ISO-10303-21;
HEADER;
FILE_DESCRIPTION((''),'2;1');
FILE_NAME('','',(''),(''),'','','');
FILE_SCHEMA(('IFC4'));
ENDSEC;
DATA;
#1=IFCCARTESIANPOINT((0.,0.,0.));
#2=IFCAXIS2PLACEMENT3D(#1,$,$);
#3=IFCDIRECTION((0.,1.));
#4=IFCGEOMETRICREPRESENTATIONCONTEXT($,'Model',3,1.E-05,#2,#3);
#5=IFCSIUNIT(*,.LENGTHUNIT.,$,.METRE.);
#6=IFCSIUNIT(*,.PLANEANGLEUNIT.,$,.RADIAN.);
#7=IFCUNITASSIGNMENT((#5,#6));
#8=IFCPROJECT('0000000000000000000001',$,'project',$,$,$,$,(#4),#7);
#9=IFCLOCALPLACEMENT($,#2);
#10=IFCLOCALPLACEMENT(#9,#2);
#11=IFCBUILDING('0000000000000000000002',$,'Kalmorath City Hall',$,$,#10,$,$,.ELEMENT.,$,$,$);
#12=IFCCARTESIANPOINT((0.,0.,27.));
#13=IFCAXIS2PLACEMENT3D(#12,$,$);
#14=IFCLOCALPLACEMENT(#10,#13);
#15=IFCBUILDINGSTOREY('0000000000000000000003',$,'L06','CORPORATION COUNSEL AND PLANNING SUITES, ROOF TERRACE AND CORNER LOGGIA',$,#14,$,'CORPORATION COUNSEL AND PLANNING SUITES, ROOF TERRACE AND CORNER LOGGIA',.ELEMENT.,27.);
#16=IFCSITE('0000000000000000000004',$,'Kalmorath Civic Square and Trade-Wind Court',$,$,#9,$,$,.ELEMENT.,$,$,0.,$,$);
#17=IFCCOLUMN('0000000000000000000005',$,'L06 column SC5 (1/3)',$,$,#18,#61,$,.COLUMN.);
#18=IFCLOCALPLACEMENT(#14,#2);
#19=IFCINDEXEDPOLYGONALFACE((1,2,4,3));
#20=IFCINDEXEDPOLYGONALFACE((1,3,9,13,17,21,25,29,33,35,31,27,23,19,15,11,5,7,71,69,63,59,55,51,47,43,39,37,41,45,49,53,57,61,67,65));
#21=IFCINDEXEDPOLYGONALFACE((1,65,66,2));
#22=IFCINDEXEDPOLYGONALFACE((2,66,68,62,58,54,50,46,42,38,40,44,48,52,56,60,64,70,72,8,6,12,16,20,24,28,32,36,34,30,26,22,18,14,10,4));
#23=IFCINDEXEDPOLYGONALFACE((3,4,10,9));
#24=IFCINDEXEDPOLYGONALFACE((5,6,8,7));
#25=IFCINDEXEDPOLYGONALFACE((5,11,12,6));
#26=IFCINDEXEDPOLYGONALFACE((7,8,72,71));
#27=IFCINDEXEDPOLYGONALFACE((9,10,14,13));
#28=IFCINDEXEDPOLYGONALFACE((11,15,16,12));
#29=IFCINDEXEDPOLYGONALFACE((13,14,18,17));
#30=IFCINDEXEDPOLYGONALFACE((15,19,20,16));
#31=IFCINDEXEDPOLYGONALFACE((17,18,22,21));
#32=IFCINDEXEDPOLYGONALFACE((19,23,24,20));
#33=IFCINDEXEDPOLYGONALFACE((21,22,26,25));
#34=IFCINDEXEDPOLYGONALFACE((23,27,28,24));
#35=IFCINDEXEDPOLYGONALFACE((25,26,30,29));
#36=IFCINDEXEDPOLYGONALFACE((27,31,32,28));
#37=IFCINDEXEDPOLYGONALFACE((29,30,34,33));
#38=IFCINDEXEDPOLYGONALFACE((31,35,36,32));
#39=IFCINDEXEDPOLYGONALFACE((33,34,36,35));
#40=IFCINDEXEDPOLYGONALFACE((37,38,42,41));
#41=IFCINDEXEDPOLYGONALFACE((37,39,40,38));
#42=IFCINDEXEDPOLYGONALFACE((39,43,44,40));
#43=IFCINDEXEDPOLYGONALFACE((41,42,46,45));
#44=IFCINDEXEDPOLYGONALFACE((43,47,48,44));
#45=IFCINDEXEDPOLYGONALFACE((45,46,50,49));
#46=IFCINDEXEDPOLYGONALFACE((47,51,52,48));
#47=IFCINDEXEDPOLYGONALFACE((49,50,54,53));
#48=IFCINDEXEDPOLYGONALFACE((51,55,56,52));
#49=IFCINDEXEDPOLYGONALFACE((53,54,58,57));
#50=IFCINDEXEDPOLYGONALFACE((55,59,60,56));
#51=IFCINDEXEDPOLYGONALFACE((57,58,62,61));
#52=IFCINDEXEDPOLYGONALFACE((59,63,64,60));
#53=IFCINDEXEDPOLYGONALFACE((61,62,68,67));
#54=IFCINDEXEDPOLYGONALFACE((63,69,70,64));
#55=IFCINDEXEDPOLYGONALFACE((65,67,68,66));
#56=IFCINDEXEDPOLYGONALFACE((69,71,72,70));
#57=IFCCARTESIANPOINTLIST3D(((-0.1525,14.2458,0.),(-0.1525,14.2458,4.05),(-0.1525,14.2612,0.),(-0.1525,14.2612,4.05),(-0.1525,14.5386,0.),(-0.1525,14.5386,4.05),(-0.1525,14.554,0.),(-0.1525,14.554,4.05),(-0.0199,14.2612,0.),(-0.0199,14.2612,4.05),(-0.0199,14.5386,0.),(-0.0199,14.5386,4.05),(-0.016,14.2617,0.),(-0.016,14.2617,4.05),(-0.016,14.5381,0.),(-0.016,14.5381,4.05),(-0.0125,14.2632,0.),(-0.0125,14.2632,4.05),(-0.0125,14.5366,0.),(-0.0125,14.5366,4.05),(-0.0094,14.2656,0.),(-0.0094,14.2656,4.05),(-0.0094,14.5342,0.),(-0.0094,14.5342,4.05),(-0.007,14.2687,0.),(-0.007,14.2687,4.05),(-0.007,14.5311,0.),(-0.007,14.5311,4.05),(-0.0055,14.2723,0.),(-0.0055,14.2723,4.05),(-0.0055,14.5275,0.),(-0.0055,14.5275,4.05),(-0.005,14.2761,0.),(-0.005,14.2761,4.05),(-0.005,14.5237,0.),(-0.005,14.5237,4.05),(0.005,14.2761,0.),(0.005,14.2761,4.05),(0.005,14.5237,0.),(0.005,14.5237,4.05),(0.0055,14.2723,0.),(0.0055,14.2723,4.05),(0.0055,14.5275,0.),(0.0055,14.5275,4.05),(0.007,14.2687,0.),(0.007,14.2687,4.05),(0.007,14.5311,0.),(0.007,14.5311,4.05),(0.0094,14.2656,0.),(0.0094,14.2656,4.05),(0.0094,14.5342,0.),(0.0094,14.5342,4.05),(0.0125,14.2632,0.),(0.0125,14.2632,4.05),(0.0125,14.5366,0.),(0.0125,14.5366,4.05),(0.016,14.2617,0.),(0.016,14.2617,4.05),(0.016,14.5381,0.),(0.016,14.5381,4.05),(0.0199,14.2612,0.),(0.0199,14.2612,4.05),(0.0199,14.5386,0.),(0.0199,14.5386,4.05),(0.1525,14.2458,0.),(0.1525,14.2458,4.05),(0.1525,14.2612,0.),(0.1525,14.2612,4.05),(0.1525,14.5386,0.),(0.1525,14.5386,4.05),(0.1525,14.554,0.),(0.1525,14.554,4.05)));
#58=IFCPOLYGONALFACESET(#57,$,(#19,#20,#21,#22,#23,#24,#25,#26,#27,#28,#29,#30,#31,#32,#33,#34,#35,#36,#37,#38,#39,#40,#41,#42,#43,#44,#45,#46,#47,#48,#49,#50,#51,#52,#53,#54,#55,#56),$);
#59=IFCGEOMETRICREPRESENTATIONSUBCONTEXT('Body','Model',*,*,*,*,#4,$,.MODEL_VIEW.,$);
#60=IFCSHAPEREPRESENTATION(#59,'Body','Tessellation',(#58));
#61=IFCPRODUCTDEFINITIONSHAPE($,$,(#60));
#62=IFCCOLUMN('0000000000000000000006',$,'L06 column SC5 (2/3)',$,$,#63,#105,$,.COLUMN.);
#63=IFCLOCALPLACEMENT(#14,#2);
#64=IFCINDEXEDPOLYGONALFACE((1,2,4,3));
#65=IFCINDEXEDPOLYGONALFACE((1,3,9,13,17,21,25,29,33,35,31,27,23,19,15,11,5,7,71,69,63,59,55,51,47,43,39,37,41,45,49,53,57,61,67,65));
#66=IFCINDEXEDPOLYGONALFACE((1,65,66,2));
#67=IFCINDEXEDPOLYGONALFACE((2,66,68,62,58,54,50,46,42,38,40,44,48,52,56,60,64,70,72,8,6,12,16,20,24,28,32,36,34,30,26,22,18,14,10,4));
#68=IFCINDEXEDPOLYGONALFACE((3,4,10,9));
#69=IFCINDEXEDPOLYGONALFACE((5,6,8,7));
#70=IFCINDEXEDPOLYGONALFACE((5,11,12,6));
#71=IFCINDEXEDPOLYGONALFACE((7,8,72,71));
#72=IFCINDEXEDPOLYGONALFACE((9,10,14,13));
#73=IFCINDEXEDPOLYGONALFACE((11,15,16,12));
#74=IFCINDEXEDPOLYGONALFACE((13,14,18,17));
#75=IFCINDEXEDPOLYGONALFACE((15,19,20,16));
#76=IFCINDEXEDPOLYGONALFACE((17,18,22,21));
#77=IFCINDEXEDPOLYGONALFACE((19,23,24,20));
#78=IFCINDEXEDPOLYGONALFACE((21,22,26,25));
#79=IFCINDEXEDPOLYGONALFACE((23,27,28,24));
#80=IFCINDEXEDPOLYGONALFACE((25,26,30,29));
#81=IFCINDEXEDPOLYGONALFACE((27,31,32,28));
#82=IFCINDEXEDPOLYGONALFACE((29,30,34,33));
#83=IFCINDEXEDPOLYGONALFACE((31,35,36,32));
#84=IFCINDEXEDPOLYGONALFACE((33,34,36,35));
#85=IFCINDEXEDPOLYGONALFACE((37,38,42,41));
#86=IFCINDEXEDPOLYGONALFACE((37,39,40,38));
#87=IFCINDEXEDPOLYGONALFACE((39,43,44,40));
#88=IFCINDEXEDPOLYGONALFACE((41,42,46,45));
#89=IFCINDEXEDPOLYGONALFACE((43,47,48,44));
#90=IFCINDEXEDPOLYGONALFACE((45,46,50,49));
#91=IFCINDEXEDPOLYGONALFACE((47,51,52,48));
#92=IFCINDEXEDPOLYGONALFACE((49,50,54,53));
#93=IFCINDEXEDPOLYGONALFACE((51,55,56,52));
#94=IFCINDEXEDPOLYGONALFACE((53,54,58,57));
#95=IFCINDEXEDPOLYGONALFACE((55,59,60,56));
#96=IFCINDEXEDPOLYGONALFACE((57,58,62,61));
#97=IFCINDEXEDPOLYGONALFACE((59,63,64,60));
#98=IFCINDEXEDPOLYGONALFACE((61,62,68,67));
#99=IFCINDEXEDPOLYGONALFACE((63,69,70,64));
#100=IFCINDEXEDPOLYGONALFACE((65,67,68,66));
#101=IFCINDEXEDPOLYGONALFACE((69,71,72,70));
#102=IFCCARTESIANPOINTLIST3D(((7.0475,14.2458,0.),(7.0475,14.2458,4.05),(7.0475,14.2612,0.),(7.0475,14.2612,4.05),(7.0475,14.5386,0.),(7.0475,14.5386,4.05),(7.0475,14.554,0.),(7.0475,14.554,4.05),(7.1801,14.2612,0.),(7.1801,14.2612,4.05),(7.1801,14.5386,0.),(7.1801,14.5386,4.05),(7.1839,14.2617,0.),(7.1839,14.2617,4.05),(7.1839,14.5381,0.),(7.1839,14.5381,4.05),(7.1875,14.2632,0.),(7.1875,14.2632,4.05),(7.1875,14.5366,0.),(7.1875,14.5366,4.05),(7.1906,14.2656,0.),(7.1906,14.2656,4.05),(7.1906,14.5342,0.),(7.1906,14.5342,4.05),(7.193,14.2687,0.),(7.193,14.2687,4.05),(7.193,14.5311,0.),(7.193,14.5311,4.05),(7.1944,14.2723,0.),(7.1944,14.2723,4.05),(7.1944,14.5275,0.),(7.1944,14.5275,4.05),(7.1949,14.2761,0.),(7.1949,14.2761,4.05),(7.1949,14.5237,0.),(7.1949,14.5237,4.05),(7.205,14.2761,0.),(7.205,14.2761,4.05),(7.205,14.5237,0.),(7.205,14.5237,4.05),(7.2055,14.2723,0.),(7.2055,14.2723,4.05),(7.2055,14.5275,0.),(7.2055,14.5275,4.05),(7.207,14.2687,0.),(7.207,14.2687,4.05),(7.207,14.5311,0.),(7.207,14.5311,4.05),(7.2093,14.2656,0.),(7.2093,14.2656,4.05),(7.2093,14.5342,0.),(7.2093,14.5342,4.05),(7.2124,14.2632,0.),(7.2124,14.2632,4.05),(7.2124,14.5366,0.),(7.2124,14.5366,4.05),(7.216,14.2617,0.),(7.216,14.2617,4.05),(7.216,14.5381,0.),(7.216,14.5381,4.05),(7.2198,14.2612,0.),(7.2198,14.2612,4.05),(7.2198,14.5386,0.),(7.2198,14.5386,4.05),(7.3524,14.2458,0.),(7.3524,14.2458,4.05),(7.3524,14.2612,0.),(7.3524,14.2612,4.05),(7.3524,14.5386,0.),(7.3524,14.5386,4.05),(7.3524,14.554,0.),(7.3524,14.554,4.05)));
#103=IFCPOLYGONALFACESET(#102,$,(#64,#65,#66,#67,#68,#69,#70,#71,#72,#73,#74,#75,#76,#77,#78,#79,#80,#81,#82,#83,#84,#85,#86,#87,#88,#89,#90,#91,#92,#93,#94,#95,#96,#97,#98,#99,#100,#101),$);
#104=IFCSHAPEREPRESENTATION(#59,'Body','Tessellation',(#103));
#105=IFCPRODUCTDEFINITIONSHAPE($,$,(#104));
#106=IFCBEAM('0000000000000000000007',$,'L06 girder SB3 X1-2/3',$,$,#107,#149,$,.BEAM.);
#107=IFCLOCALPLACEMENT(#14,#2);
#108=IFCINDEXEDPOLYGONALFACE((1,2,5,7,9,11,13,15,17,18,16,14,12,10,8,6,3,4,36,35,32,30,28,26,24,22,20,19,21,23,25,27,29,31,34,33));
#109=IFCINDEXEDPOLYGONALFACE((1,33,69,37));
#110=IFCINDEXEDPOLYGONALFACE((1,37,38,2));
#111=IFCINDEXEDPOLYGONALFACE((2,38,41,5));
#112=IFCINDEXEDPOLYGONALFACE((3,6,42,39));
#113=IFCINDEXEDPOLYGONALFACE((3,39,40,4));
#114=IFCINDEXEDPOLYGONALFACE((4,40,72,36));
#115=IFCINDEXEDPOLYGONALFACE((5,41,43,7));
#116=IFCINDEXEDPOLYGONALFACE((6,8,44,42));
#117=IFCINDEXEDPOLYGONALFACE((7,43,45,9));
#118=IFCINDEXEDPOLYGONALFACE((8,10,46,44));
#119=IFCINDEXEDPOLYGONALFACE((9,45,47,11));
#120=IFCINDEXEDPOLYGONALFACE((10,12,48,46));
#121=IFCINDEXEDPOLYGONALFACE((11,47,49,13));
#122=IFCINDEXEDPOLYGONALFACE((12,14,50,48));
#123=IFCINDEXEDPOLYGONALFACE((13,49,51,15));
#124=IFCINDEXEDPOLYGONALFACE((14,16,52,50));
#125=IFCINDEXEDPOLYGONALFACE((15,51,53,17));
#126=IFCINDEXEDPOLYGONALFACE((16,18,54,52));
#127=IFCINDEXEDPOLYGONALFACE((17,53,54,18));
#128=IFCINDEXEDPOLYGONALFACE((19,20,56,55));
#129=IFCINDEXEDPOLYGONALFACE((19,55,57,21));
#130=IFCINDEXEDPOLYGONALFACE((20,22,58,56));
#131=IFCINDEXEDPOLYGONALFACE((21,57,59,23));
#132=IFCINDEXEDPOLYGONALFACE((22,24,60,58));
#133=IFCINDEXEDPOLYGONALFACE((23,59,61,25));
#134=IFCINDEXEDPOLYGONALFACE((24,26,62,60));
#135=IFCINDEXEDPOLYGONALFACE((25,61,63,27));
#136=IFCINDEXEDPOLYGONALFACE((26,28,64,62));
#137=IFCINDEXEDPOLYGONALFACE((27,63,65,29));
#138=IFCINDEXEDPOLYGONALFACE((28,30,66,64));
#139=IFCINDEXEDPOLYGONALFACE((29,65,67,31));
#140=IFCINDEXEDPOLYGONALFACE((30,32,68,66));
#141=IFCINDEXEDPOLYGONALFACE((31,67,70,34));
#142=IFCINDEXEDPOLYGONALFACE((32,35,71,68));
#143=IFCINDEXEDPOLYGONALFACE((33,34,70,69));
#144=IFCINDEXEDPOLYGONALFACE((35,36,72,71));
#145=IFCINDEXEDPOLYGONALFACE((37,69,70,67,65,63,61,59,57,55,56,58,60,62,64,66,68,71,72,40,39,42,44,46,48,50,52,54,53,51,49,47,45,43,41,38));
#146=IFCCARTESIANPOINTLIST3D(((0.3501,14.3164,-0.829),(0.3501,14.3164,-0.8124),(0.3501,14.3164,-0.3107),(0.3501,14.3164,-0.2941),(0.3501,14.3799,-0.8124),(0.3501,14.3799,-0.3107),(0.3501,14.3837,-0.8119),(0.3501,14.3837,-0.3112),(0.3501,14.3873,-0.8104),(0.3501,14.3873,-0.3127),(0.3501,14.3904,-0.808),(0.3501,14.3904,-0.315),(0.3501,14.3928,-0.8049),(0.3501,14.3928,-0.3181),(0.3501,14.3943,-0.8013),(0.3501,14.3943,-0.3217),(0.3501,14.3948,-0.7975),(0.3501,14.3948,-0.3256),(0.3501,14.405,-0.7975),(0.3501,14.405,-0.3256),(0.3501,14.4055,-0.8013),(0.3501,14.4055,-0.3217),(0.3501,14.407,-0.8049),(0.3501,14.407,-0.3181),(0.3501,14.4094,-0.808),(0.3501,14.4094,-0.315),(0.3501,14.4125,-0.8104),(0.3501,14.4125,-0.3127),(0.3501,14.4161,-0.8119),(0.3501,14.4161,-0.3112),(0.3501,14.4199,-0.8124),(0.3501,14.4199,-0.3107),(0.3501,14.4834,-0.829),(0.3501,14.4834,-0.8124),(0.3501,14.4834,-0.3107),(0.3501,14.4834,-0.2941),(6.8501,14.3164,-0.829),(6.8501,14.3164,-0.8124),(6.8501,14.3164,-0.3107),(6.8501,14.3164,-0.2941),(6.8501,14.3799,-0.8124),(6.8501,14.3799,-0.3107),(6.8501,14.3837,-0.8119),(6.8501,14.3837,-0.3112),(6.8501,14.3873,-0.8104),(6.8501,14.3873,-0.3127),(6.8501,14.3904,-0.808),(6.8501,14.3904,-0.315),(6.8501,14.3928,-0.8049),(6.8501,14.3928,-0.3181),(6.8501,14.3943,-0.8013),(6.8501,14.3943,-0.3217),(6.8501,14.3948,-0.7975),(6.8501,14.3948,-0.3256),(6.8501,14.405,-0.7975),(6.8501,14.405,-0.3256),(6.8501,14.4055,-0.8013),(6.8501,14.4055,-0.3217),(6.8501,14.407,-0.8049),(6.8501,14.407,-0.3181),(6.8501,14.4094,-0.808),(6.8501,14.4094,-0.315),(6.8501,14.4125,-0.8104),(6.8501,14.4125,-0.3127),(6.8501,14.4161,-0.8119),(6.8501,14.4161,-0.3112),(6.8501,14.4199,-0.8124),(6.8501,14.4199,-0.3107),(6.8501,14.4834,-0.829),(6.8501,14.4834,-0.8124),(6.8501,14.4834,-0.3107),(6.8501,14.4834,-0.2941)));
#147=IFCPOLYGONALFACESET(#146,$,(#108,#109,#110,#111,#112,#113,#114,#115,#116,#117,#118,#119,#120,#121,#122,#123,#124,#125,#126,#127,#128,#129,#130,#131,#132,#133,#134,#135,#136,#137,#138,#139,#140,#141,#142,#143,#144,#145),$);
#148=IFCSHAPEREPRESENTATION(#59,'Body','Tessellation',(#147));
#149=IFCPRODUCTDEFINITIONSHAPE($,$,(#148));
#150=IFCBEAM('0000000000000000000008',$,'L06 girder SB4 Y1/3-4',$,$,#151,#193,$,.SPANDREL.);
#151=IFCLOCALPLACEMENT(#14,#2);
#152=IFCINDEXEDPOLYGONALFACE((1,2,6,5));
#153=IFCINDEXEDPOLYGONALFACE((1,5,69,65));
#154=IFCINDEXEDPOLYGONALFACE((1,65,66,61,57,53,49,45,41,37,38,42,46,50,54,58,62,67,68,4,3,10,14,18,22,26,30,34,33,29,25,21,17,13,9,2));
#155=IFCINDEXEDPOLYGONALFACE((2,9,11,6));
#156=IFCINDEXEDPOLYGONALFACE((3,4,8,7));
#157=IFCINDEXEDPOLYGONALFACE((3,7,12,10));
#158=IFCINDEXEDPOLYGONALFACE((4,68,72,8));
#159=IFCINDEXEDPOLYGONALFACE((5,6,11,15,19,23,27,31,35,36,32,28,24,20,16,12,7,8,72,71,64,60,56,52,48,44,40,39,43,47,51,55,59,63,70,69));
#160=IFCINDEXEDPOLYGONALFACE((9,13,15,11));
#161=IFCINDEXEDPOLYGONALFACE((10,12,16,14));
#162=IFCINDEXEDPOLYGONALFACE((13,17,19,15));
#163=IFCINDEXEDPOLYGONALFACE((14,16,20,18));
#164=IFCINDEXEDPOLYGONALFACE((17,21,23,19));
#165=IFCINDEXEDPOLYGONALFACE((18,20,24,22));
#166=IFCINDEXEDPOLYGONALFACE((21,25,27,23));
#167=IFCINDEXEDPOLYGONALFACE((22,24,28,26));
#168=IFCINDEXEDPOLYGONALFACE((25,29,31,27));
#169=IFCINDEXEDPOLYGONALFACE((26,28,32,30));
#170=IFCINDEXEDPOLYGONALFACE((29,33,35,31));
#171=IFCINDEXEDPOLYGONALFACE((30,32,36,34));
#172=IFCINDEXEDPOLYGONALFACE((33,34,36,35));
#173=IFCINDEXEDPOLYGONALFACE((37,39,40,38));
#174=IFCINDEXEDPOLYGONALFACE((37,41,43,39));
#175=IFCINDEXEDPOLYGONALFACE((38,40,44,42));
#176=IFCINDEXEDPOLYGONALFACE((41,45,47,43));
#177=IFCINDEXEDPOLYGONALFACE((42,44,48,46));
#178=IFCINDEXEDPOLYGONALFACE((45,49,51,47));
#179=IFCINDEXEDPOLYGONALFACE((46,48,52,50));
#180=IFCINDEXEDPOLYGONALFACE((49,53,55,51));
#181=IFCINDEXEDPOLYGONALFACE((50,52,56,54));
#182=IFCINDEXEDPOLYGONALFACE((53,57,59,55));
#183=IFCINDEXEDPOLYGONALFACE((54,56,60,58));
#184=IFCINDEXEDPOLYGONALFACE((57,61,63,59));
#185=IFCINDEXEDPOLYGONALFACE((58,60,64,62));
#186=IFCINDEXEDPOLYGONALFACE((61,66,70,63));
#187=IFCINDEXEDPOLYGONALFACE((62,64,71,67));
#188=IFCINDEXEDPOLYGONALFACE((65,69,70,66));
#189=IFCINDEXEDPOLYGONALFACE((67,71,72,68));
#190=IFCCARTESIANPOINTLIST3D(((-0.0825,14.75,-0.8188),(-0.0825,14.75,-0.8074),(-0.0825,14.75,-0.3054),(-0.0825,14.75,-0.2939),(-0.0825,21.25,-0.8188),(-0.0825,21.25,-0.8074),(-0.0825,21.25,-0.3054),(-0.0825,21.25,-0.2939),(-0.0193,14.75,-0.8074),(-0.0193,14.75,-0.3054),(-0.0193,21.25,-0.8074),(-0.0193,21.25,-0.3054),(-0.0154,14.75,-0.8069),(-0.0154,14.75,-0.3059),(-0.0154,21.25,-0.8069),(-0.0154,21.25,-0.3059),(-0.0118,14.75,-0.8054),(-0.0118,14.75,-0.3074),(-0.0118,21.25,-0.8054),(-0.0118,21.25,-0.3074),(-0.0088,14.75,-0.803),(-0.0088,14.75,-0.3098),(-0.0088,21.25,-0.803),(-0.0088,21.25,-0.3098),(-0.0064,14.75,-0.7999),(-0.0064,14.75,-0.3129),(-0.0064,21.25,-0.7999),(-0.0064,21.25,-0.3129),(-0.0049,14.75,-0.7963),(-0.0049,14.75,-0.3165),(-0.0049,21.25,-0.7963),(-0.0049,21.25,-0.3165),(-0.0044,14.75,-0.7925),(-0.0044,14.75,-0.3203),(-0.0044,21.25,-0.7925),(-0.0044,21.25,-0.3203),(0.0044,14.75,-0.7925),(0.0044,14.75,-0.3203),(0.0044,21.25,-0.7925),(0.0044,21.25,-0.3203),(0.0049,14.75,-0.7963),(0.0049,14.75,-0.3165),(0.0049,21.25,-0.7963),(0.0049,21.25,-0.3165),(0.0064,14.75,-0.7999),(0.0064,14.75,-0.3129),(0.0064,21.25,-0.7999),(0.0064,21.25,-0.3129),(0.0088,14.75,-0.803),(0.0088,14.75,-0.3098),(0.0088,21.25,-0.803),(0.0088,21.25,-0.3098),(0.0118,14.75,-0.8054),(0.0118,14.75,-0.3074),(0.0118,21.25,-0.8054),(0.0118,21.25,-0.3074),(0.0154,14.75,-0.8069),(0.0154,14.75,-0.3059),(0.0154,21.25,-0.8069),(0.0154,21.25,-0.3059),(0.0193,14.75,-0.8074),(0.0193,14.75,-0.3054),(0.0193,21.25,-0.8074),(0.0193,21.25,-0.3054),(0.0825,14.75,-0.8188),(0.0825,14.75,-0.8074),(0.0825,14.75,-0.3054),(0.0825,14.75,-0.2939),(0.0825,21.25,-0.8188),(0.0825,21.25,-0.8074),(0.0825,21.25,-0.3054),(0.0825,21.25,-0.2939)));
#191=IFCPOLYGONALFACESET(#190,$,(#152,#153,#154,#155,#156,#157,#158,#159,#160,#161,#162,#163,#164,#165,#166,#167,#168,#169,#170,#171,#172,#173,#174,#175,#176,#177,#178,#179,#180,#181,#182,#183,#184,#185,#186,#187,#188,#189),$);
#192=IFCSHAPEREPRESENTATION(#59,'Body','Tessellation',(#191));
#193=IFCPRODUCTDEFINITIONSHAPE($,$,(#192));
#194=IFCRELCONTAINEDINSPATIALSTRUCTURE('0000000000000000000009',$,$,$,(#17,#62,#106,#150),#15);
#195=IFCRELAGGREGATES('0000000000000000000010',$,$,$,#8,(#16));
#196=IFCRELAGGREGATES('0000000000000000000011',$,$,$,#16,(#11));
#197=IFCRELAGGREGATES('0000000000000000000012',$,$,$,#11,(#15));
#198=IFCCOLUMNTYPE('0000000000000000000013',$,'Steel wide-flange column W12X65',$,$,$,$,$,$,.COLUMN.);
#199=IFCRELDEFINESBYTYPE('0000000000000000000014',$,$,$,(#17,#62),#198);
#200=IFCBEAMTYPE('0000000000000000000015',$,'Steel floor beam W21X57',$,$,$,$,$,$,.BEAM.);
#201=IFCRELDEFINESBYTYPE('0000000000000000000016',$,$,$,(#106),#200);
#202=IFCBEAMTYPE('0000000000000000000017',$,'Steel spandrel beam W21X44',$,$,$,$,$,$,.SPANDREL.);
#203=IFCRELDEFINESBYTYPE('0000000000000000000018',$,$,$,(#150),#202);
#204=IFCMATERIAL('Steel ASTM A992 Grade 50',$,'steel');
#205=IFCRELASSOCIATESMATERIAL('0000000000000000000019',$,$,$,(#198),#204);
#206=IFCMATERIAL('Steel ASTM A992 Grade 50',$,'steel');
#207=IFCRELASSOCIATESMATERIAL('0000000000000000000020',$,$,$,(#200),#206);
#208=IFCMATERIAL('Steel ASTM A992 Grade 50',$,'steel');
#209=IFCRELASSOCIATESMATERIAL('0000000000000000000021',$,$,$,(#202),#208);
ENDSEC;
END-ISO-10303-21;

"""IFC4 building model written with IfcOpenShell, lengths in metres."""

from ifc_helpers import new_model, si_unit, direction, frame, origin, origin_2d, place, context, subcontext, project, spatial, i_section, extrude, material, material_profile, profile_set, type_object, element, save


model = new_model("IFC4")

# Units and contexts
model_context = context("Model", 3, precision=1e-05, world=origin(), true_north=direction((0.0, 1.0)))
body_context = subcontext(model_context, "Body", "Model", "MODEL_VIEW")
ifc_project = project(units=[si_unit("LENGTHUNIT", "METRE"), si_unit("PLANEANGLEUNIT", "RADIAN")], contexts=[model_context])

# Site, building, storey
site_placement = place(None, origin())
site = spatial("IfcSite", under=ifc_project, at=site_placement, Name="Kalmorath Civic Square and Trade-Wind Court", CompositionType="ELEMENT", RefElevation=0.0)
building_placement = place(site_placement, origin())
building = spatial("IfcBuilding", under=site, at=building_placement, Name="Kalmorath City Hall", CompositionType="ELEMENT")
storey_placement = place(building_placement, frame((0.0, 0.0, 27.0)))
storey = spatial("IfcBuildingStorey", under=building, at=storey_placement, Name="L06", Description="CORPORATION COUNSEL AND PLANNING SUITES, ROOF TERRACE AND CORNER LOGGIA", LongName="CORPORATION COUNSEL AND PLANNING SUITES, ROOF TERRACE AND CORNER LOGGIA", CompositionType="ELEMENT", Elevation=27.0)

# Columns
ifc_material_1 = material(Name="Steel ASTM A992 Grade 50", Category="steel")
ifc_material_profile_1 = material_profile(ifc_material_1, i_section(OverallWidth=0.3049, OverallDepth=0.3081, WebThickness=0.01, FlangeThickness=0.0154, FilletRadius=0.0149, at=origin_2d()), Name="W12X65")
ifc_profile_set_1 = profile_set([ifc_material_profile_1], Name="Steel ASTM A992 Grade 50")
column_type = type_object("IfcColumnType", Name="Steel wide-flange column W12X65", PredefinedType="COLUMN", material=ifc_profile_set_1)
for number, where, z_axis, x_axis, name in (
    (1, (0.0, 14.3999, 0.0), (0.0, 0.0, 1.0), (1.0, 0.0, 0.0), "L06 column SC5 (1/3)"),
    (2, (7.2, 14.3999, 0.0), (0.0, 0.0, 1.0), (1.0, 0.0, 0.0), "L06 column SC5 (2/3)"),
):
    element("IfcColumn", number, at=place(storey_placement, frame(where, z_axis=z_axis, x_axis=x_axis)), inside=storey, type_object=column_type, Name=name, PredefinedType="COLUMN", context=body_context, shape_type="SweptSolid", body=[
        extrude(i_section(OverallWidth=0.3049, OverallDepth=0.3081, WebThickness=0.01, FlangeThickness=0.0154, FilletRadius=0.0149, at=origin_2d()), origin(), (0.0, 0.0, 1.0), 4.05),
    ])

# Beams
ifc_material_2 = material(Name="Steel ASTM A992 Grade 50", Category="steel")
ifc_material_profile_2 = material_profile(ifc_material_2, i_section(OverallWidth=0.167, OverallDepth=0.5349, WebThickness=0.0103, FlangeThickness=0.0166, FilletRadius=0.0149, at=origin_2d()), Name="W21X57")
ifc_profile_set_2 = profile_set([ifc_material_profile_2], Name="Steel ASTM A992 Grade 50")
beam_type_1 = type_object("IfcBeamType", Name="Steel floor beam W21X57", PredefinedType="BEAM", material=ifc_profile_set_2)
beam_1_placement = place(storey_placement, frame((0.3501, 14.3999, -0.5615), z_axis=(1.0, 0.0, 0.0), x_axis=(0.0, 1.0, 0.0)))
element("IfcBeam", 3, at=beam_1_placement, inside=storey, type_object=beam_type_1, Name="L06 girder SB3 X1-2/3", PredefinedType="BEAM", context=body_context, shape_type="SweptSolid", body=[
    extrude(i_section(OverallWidth=0.167, OverallDepth=0.5349, WebThickness=0.0103, FlangeThickness=0.0166, FilletRadius=0.0149, at=origin_2d()), origin(), (0.0, 0.0, 1.0), 6.5),
])
ifc_material_3 = material(Name="Steel ASTM A992 Grade 50", Category="steel")
ifc_material_profile_3 = material_profile(ifc_material_3, i_section(OverallWidth=0.165, OverallDepth=0.5249, WebThickness=0.0088, FlangeThickness=0.0115, FilletRadius=0.0149, at=origin_2d()), Name="W21X44")
ifc_profile_set_3 = profile_set([ifc_material_profile_3], Name="Steel ASTM A992 Grade 50")
beam_type_2 = type_object("IfcBeamType", Name="Steel spandrel beam W21X44", PredefinedType="SPANDREL", material=ifc_profile_set_3)
beam_2_placement = place(storey_placement, frame((0.0, 14.75, -0.5564), z_axis=(0.0, 1.0, 0.0), x_axis=(-1.0, 0.0, 0.0)))
element("IfcBeam", 4, at=beam_2_placement, inside=storey, type_object=beam_type_2, Name="L06 girder SB4 Y1/3-4", PredefinedType="SPANDREL", context=body_context, shape_type="SweptSolid", body=[
    extrude(i_section(OverallWidth=0.165, OverallDepth=0.5249, WebThickness=0.0088, FlangeThickness=0.0115, FilletRadius=0.0149, at=origin_2d()), origin(), (0.0, 0.0, 1.0), 6.5),
])

save(model, "model.ifc")
